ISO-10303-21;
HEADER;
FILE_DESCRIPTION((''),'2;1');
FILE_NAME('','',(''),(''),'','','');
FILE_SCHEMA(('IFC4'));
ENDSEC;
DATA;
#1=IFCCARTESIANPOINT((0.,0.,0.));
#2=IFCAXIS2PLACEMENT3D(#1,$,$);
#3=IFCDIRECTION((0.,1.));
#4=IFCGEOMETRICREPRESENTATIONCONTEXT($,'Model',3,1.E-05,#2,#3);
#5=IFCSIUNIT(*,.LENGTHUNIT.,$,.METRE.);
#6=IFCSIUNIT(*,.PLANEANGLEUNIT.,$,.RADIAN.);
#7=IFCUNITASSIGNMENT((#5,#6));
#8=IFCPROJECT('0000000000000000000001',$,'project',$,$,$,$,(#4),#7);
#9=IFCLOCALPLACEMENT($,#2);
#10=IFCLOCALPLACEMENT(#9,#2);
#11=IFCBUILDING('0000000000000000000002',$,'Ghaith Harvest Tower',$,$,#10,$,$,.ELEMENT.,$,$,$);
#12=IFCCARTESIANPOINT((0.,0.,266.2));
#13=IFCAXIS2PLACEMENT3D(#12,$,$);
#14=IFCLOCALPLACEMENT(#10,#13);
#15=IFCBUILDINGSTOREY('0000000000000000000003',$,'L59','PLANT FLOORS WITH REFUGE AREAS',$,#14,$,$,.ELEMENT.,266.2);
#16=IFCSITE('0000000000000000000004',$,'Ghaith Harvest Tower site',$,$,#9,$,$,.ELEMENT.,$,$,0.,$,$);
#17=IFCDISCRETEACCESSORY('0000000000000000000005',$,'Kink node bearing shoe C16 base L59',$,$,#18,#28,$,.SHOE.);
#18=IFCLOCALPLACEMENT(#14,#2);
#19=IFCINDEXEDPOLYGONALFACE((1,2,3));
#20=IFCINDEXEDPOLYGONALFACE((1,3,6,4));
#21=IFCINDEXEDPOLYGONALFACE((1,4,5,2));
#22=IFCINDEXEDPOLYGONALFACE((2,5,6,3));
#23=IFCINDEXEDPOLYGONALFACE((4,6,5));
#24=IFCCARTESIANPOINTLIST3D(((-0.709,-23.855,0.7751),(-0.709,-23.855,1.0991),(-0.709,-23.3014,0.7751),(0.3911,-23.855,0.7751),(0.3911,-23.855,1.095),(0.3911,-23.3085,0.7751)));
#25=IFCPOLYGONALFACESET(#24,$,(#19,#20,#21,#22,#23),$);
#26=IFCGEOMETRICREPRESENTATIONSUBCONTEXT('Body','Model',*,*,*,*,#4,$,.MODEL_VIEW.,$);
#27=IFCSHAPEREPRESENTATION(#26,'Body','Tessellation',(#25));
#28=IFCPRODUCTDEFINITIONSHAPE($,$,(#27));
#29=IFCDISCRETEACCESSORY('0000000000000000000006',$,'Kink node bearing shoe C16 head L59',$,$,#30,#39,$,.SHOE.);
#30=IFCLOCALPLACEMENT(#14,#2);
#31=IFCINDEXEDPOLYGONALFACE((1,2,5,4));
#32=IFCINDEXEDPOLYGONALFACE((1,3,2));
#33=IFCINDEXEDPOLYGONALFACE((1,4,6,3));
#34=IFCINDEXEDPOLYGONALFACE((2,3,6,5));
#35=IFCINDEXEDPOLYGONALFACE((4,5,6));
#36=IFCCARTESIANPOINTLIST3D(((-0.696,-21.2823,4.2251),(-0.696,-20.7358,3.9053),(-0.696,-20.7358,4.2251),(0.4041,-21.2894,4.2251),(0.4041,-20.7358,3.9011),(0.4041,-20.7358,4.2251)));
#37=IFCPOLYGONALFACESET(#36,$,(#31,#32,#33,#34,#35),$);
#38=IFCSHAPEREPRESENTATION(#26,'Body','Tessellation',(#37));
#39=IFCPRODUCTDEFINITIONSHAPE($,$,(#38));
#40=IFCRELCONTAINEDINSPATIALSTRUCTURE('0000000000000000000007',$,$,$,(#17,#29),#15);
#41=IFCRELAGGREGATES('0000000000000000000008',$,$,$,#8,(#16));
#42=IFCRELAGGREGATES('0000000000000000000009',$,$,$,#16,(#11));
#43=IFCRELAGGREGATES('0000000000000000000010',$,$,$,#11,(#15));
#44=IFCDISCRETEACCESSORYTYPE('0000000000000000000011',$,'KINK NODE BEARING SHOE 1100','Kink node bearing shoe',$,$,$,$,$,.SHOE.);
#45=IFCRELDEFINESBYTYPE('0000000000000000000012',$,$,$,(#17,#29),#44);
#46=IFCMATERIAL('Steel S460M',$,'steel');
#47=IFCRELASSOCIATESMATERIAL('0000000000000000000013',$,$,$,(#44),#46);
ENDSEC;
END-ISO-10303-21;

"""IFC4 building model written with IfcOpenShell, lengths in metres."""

from ifc_helpers import new_model, si_unit, direction, frame, origin, origin_2d, place, context, subcontext, project, spatial, rectangle, extrude, clip, halfspace, material, material_profile, profile_set, type_object, element, save


model = new_model("IFC4")

# Units and contexts
model_context = context("Model", 3, precision=1e-05, world=origin(), true_north=direction((0.0, 1.0)))
body_context = subcontext(model_context, "Body", "Model", "MODEL_VIEW")
ifc_project = project(units=[si_unit("LENGTHUNIT", "METRE"), si_unit("PLANEANGLEUNIT", "RADIAN")], contexts=[model_context])

# Site, building, storey
site_placement = place(None, origin())
site = spatial("IfcSite", under=ifc_project, at=site_placement, Name="Ghaith Harvest Tower site", CompositionType="ELEMENT", RefElevation=0.0)
building_placement = place(site_placement, origin())
building = spatial("IfcBuilding", under=site, at=building_placement, Name="Ghaith Harvest Tower", CompositionType="ELEMENT")
storey_placement = place(building_placement, frame((0.0, 0.0, 266.2)))
storey = spatial("IfcBuildingStorey", under=building, at=storey_placement, Name="L59", Description="PLANT FLOORS WITH REFUGE AREAS", CompositionType="ELEMENT", Elevation=266.2)

# Discrete accessories
ifc_material_1 = material(Name="Steel S460M", Category="steel")
ifc_material_profile_1 = material_profile(ifc_material_1, rectangle(XDim=1.1001, YDim=1.1001, at=origin_2d()), Name="KINK NODE BEARING SHOE 1100")
ifc_profile_set_1 = profile_set([ifc_material_profile_1], Name="Steel S460M")
discrete_accessory_type = type_object("IfcDiscreteAccessoryType", Name="KINK NODE BEARING SHOE 1100", Description="Kink node bearing shoe", PredefinedType="SHOE", material=ifc_profile_set_1)
discrete_accessory_1_placement = place(storey_placement, frame((-0.1589, -23.3049, 0.7751), z_axis=(0.0, 0.0, 1.0), x_axis=(1.0, 0.0, 0.0)))
element("IfcDiscreteAccessory", 1, at=discrete_accessory_1_placement, inside=storey, type_object=discrete_accessory_type, Name="Kink node bearing shoe C16 base L59", PredefinedType="SHOE", context=body_context, shape_type="Clipping", body=[
    clip(extrude(rectangle(XDim=1.1001, YDim=1.1001, at=origin_2d()), origin(), (0.0, 0.0, 1.0), 0.3337), halfspace(frame((0.0, 0.0, 0.0), z_axis=(0.003252, 0.505081, 0.863066), x_axis=(1.0, 0.0, 0.0)), False)),
])
discrete_accessory_2_placement = place(storey_placement, frame((-0.146, -21.2859, 3.8911), z_axis=(0.0, 0.0, 1.0), x_axis=(1.0, 0.0, 0.0)))
element("IfcDiscreteAccessory", 2, at=discrete_accessory_2_placement, inside=storey, type_object=discrete_accessory_type, Name="Kink node bearing shoe C16 head L59", PredefinedType="SHOE", context=body_context, shape_type="Clipping", body=[
    clip(extrude(rectangle(XDim=1.1001, YDim=1.1001, at=origin_2d()), origin(), (0.0, 0.0, 1.0), 0.334), halfspace(frame((0.0, 0.0, 0.334), z_axis=(-0.003252, -0.505081, -0.863066), x_axis=(1.0, 0.0, 0.0)), False)),
])

save(model, "model.ifc")
